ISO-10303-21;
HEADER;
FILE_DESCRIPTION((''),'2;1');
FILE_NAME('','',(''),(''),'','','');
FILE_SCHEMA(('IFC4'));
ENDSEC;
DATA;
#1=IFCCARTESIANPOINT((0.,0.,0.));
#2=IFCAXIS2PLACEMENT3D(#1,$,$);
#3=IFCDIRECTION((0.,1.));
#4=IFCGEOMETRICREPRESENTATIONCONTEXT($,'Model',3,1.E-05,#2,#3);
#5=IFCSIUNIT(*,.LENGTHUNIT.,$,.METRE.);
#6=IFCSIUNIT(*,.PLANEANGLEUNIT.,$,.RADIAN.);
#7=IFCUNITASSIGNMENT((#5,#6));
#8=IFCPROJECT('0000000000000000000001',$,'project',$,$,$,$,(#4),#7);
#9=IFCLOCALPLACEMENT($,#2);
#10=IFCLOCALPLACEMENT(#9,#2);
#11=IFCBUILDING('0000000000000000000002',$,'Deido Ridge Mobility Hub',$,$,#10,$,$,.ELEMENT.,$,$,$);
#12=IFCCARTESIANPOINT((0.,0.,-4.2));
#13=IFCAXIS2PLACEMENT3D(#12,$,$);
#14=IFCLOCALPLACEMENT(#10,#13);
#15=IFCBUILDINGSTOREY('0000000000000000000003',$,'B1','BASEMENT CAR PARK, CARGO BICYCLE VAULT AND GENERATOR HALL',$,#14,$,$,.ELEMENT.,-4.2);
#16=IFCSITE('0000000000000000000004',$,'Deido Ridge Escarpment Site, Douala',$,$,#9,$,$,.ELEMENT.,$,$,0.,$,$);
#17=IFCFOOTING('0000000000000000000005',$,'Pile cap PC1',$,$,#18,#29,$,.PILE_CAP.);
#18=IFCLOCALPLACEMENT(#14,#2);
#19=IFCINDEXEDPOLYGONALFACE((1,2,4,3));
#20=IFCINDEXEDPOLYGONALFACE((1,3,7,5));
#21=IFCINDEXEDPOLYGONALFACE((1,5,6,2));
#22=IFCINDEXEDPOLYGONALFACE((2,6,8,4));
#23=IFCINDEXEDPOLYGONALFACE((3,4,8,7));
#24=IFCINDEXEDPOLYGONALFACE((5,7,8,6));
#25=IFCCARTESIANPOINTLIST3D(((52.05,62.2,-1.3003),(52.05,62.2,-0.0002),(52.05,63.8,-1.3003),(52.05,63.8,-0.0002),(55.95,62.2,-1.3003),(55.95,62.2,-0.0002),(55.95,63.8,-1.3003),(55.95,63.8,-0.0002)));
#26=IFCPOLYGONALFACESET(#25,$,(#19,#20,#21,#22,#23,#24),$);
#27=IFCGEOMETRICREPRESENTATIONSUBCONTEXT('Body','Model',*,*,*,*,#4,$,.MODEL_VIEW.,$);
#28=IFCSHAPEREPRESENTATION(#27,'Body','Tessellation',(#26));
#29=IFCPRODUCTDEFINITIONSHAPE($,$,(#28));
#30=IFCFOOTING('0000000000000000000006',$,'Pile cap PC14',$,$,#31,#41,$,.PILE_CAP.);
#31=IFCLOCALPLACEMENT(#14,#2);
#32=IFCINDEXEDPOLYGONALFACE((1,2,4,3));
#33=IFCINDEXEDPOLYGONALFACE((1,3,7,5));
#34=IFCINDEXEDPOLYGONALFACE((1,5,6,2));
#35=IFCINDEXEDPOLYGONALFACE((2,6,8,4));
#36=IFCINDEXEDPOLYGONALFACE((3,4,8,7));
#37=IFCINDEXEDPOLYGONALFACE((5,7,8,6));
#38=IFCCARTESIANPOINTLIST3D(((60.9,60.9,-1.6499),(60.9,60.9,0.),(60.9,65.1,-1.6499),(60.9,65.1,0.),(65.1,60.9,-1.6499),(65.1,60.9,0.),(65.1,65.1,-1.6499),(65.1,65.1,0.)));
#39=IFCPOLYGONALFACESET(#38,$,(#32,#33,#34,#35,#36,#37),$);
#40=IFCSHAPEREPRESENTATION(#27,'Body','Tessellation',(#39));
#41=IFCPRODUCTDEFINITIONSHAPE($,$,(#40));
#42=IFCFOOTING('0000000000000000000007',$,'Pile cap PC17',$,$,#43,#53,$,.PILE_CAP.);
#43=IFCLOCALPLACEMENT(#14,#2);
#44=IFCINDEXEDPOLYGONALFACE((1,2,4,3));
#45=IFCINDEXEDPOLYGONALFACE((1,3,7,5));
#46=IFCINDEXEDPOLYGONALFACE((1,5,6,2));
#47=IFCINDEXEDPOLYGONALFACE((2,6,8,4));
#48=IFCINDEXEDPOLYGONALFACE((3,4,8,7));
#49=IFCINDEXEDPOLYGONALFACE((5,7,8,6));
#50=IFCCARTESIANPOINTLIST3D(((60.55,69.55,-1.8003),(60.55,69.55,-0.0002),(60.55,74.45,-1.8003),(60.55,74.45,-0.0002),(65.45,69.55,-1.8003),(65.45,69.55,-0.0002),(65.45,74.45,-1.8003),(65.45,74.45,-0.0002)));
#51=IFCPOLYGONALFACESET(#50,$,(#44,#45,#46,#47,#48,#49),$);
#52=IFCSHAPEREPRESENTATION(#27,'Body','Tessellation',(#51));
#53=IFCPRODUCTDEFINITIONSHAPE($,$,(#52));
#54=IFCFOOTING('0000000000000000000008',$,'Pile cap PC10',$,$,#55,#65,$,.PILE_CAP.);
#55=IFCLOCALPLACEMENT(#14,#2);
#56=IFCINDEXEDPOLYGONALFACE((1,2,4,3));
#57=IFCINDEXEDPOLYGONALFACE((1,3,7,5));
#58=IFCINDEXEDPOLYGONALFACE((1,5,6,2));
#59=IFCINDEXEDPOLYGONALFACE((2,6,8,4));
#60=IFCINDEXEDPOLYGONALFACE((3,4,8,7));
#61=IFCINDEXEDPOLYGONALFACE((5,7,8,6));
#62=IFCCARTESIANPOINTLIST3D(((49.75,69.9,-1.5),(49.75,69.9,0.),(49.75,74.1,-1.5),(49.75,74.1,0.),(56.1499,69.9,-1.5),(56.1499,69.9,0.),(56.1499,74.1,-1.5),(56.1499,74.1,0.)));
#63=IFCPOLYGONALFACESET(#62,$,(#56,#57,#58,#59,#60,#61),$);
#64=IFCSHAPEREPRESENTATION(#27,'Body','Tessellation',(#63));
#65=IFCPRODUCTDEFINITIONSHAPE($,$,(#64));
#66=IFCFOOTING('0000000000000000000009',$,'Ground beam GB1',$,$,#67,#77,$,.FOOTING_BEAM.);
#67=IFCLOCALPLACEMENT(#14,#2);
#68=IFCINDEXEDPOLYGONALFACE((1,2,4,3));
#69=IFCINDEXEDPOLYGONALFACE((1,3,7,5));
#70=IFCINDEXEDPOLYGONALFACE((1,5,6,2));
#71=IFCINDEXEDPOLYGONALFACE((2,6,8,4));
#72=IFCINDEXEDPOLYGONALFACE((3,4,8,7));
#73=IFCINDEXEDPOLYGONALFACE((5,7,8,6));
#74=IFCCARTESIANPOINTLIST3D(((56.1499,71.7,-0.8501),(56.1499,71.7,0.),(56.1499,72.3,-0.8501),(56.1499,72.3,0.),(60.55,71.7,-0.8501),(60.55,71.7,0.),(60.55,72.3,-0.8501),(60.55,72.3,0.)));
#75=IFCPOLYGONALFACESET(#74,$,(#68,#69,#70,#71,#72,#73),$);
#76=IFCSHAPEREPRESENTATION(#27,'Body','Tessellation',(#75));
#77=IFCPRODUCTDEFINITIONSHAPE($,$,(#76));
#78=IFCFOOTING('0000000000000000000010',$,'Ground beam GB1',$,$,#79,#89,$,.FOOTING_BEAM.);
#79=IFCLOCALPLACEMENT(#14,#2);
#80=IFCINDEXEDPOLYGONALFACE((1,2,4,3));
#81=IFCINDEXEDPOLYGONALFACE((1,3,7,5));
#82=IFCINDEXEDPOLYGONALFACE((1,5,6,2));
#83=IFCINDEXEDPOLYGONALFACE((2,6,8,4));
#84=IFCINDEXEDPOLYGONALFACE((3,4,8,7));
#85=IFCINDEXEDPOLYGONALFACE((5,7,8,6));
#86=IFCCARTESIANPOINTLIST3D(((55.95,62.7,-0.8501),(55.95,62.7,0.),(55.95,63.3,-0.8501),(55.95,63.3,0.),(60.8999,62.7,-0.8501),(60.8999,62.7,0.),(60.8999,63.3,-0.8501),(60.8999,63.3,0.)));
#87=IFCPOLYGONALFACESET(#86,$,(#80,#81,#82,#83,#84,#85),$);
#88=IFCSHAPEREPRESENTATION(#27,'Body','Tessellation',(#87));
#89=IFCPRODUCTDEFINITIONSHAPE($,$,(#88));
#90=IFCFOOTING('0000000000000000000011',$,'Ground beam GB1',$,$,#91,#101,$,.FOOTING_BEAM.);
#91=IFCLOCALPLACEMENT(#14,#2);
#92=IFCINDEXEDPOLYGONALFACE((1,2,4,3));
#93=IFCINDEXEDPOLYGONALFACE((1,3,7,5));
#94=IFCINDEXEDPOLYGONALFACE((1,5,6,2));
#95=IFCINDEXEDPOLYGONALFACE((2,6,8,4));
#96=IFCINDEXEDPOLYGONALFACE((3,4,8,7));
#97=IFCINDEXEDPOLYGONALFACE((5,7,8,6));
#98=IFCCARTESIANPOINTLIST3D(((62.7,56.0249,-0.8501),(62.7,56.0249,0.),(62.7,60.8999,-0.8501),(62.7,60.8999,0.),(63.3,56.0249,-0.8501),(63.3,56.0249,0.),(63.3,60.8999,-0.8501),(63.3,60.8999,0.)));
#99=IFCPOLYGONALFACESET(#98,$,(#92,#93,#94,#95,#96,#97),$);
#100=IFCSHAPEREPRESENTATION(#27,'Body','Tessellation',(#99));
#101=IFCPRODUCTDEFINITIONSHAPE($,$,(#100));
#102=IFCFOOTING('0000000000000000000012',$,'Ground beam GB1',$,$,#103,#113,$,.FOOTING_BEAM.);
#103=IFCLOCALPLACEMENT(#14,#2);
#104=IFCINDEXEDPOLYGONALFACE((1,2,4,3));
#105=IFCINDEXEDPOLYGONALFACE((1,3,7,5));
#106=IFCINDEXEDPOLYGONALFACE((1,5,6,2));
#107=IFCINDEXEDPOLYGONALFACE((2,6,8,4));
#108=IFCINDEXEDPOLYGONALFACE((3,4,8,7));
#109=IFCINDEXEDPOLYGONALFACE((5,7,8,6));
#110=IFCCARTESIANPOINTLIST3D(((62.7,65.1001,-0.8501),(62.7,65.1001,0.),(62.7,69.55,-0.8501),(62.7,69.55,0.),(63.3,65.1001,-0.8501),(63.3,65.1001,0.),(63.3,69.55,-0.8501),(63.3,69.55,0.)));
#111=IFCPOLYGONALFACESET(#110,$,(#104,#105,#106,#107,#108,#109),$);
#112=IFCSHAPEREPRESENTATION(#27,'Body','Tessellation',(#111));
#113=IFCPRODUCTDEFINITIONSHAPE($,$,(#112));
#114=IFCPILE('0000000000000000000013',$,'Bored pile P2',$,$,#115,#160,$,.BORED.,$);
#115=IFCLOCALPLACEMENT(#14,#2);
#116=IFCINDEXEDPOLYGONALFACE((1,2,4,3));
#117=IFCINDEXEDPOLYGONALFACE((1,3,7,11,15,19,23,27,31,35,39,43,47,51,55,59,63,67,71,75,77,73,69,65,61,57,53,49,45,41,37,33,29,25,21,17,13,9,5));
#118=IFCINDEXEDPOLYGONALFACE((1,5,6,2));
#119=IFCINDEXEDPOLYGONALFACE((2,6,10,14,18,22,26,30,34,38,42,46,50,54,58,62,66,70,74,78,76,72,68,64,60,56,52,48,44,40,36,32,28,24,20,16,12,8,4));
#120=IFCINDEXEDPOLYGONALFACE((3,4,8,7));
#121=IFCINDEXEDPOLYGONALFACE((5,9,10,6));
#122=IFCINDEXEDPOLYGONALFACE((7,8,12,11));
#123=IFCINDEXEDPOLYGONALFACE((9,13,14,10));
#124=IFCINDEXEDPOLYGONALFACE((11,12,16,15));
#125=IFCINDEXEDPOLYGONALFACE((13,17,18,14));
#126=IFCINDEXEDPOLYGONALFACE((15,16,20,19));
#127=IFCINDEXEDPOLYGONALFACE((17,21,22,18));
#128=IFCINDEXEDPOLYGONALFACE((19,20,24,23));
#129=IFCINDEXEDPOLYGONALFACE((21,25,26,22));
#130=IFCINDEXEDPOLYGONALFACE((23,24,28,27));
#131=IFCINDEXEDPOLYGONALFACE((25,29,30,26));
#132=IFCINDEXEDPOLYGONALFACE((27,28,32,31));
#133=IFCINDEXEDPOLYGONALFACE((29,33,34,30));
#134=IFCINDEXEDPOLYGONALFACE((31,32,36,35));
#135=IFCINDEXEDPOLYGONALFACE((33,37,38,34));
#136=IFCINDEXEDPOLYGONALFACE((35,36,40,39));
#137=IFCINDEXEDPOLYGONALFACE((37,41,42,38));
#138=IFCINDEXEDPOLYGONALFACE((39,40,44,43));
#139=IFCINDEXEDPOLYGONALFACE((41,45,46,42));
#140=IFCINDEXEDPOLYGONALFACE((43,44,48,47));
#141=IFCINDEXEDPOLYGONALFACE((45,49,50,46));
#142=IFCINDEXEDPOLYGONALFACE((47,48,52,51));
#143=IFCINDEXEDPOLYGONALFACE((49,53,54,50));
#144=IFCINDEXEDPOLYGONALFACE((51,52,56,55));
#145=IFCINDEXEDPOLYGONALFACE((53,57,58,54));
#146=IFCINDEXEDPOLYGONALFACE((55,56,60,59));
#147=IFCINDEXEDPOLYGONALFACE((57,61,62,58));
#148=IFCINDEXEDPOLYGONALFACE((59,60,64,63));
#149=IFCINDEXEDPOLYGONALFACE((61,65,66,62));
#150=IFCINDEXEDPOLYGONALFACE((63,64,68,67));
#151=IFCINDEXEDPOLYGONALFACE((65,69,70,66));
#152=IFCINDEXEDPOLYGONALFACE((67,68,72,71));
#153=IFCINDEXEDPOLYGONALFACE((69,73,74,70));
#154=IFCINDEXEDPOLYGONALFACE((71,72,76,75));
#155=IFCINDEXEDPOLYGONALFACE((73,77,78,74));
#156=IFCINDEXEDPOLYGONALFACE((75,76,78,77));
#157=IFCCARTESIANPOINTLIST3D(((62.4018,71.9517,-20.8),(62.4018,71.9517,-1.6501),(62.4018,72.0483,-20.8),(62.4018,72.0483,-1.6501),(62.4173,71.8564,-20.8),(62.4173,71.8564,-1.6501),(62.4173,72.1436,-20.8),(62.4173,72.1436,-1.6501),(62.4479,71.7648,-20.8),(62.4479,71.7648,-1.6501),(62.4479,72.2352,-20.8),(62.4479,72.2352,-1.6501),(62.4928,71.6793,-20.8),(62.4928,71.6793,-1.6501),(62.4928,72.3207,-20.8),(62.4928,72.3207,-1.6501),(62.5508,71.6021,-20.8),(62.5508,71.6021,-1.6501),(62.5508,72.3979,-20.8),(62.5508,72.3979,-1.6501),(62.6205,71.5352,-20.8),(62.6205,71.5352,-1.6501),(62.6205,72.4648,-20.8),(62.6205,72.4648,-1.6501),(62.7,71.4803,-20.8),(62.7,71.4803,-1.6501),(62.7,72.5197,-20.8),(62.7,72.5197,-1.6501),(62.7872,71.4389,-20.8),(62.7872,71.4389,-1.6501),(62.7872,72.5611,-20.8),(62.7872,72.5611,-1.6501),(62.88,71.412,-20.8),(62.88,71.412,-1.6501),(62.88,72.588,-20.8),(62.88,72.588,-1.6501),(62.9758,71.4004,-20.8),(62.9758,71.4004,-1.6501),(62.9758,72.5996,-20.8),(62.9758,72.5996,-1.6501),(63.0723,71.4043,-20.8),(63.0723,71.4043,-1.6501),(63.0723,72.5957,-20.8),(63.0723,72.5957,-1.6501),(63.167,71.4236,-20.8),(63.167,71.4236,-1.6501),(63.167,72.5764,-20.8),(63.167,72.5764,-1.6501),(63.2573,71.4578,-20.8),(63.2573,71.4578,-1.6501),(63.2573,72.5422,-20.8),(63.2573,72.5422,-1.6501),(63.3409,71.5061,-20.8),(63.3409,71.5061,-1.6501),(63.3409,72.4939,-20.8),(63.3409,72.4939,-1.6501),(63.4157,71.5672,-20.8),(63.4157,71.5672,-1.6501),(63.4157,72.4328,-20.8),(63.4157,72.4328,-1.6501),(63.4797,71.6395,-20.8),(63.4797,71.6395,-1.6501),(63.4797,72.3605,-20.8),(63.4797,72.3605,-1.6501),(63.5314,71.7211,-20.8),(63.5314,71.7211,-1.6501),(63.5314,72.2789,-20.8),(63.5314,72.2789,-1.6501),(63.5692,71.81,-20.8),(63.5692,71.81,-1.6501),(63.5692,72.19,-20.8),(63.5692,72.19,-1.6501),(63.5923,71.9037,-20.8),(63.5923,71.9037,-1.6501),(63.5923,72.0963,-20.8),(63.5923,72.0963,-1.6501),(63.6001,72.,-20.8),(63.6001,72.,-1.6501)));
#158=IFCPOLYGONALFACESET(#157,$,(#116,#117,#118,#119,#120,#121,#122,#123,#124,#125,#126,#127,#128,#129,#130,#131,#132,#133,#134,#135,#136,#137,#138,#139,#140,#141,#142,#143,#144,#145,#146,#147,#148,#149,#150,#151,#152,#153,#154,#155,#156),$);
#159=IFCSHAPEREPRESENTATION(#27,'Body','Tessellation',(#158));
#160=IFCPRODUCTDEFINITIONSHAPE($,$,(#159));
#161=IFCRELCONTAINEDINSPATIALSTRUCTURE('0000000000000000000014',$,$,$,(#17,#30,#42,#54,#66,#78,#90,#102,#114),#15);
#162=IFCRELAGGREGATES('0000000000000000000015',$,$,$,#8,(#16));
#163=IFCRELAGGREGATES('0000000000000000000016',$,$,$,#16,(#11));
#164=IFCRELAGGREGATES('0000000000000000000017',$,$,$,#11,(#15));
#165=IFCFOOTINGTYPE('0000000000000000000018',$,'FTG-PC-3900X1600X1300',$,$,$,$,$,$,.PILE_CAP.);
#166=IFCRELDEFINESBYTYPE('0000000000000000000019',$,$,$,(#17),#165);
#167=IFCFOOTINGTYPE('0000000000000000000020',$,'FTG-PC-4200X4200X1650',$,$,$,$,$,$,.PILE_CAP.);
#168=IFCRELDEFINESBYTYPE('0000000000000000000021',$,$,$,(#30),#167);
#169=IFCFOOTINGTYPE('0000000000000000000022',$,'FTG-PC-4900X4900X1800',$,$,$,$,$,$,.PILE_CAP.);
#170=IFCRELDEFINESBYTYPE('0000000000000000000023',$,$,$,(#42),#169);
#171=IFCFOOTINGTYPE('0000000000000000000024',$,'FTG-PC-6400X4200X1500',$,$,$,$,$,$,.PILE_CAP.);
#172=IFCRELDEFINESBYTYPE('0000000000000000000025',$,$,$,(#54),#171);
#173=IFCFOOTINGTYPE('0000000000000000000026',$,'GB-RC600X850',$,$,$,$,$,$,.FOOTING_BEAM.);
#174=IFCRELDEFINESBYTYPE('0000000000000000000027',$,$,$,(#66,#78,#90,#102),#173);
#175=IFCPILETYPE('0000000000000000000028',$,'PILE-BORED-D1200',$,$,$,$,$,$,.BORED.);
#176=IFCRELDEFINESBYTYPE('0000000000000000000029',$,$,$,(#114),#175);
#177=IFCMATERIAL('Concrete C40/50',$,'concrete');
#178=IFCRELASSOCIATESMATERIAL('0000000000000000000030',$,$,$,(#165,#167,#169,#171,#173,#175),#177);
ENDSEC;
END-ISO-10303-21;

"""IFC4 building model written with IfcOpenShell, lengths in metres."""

from ifc_helpers import new_model, si_unit, direction, frame, origin, origin_2d, place, context, subcontext, project, spatial, rectangle, circle, extrude, material, material_profile, profile_set, type_object, element, save


model = new_model("IFC4")

# Units and contexts
model_context = context("Model", 3, precision=1e-05, world=origin(), true_north=direction((0.0, 1.0)))
body_context = subcontext(model_context, "Body", "Model", "MODEL_VIEW")
ifc_project = project(units=[si_unit("LENGTHUNIT", "METRE"), si_unit("PLANEANGLEUNIT", "RADIAN")], contexts=[model_context])

# Site, building, storey
site_placement = place(None, origin())
site = spatial("IfcSite", under=ifc_project, at=site_placement, Name="Deido Ridge Escarpment Site, Douala", CompositionType="ELEMENT", RefElevation=0.0)
building_placement = place(site_placement, origin())
building = spatial("IfcBuilding", under=site, at=building_placement, Name="Deido Ridge Mobility Hub", CompositionType="ELEMENT")
storey_placement = place(building_placement, frame((0.0, 0.0, -4.2)))
storey = spatial("IfcBuildingStorey", under=building, at=storey_placement, Name="B1", Description="BASEMENT CAR PARK, CARGO BICYCLE VAULT AND GENERATOR HALL", CompositionType="ELEMENT", Elevation=-4.2)

# Footings
ifc_material_1 = material(Name="Concrete C40/50", Category="concrete")
footing_type_1 = type_object("IfcFootingType", Name="FTG-PC-3900X1600X1300", PredefinedType="PILE_CAP", material=ifc_material_1)
footing_1_placement = place(storey_placement, frame((54.0, 63.0, -1.3003), z_axis=(0.0, 0.0, 1.0), x_axis=(1.0, 0.0, 0.0)))
element("IfcFooting", 1, at=footing_1_placement, inside=storey, type_object=footing_type_1, Name="Pile cap PC1", PredefinedType="PILE_CAP", context=body_context, shape_type="SweptSolid", body=[
    extrude(rectangle(XDim=3.8999, YDim=1.6001, at=origin_2d()), origin(), (0.0, 0.0, 1.0), 1.3),
])
footing_type_2 = type_object("IfcFootingType", Name="FTG-PC-4200X4200X1650", PredefinedType="PILE_CAP", material=ifc_material_1)
footing_2_placement = place(storey_placement, frame((63.0, 63.0, -1.6499), z_axis=(0.0, 0.0, 1.0), x_axis=(1.0, 0.0, 0.0)))
element("IfcFooting", 2, at=footing_2_placement, inside=storey, type_object=footing_type_2, Name="Pile cap PC14", PredefinedType="PILE_CAP", context=body_context, shape_type="SweptSolid", body=[
    extrude(rectangle(XDim=4.2, YDim=4.2, at=origin_2d()), origin(), (0.0, 0.0, 1.0), 1.6499),
])
footing_type_3 = type_object("IfcFootingType", Name="FTG-PC-4900X4900X1800", PredefinedType="PILE_CAP", material=ifc_material_1)
footing_3_placement = place(storey_placement, frame((63.0, 72.0, -1.8003), z_axis=(0.0, 0.0, 1.0), x_axis=(1.0, 0.0, 0.0)))
element("IfcFooting", 3, at=footing_3_placement, inside=storey, type_object=footing_type_3, Name="Pile cap PC17", PredefinedType="PILE_CAP", context=body_context, shape_type="SweptSolid", body=[
    extrude(rectangle(XDim=4.8999, YDim=4.8999, at=origin_2d()), origin(), (0.0, 0.0, 1.0), 1.8),
])
footing_type_4 = type_object("IfcFootingType", Name="FTG-PC-6400X4200X1500", PredefinedType="PILE_CAP", material=ifc_material_1)
footing_4_placement = place(storey_placement, frame((52.95, 72.0, -1.5), z_axis=(0.0, 0.0, 1.0), x_axis=(1.0, 0.0, 0.0)))
element("IfcFooting", 4, at=footing_4_placement, inside=storey, type_object=footing_type_4, Name="Pile cap PC10", PredefinedType="PILE_CAP", context=body_context, shape_type="SweptSolid", body=[
    extrude(rectangle(XDim=6.3999, YDim=4.2, at=origin_2d()), origin(), (0.0, 0.0, 1.0), 1.5),
])
ifc_material_profile_1 = material_profile(ifc_material_1, rectangle(XDim=0.6001, YDim=0.8501, at=origin_2d()), Name="RC GB 600x850")
ifc_profile_set_1 = profile_set([ifc_material_profile_1], Name="Concrete C40/50")
footing_type_5 = type_object("IfcFootingType", Name="GB-RC600X850", PredefinedType="FOOTING_BEAM", material=ifc_profile_set_1)
footing_5_placement = place(storey_placement, frame((56.1499, 72.0, -0.425), z_axis=(1.0, 0.0, 0.0), x_axis=(0.0, 1.0, 0.0)))
element("IfcFooting", 5, at=footing_5_placement, inside=storey, type_object=footing_type_5, Name="Ground beam GB1", PredefinedType="FOOTING_BEAM", context=body_context, shape_type="SweptSolid", body=[
    extrude(rectangle(XDim=0.6001, YDim=0.8501, at=origin_2d()), origin(), (0.0, 0.0, 1.0), 4.4001),
])
footing_6_placement = place(storey_placement, frame((55.95, 63.0, -0.425), z_axis=(1.0, 0.0, 0.0), x_axis=(0.0, 1.0, 0.0)))
element("IfcFooting", 6, at=footing_6_placement, inside=storey, type_object=footing_type_5, Name="Ground beam GB1", PredefinedType="FOOTING_BEAM", context=body_context, shape_type="SweptSolid", body=[
    extrude(rectangle(XDim=0.6001, YDim=0.8501, at=origin_2d()), origin(), (0.0, 0.0, 1.0), 4.95),
])
footing_7_placement = place(storey_placement, frame((63.0, 56.0249, -0.425), z_axis=(0.0, 1.0, 0.0), x_axis=(-1.0, 0.0, 0.0)))
element("IfcFooting", 7, at=footing_7_placement, inside=storey, type_object=footing_type_5, Name="Ground beam GB1", PredefinedType="FOOTING_BEAM", context=body_context, shape_type="SweptSolid", body=[
    extrude(rectangle(XDim=0.6001, YDim=0.8501, at=origin_2d()), origin(), (0.0, 0.0, 1.0), 4.875),
])
footing_8_placement = place(storey_placement, frame((63.0, 65.1001, -0.425), z_axis=(0.0, 1.0, 0.0), x_axis=(-1.0, 0.0, 0.0)))
element("IfcFooting", 8, at=footing_8_placement, inside=storey, type_object=footing_type_5, Name="Ground beam GB1", PredefinedType="FOOTING_BEAM", context=body_context, shape_type="SweptSolid", body=[
    extrude(rectangle(XDim=0.6001, YDim=0.8501, at=origin_2d()), origin(), (0.0, 0.0, 1.0), 4.45),
])

# Pile
ifc_material_profile_2 = material_profile(ifc_material_1, circle(Radius=0.6001, at=origin_2d()), Name="BORED PILE D1200")
ifc_profile_set_2 = profile_set([ifc_material_profile_2], Name="Concrete C40/50")
pile_type_1 = type_object("IfcPileType", Name="PILE-BORED-D1200", PredefinedType="BORED", material=ifc_profile_set_2)
pile_1_placement = place(storey_placement, frame((63.0, 72.0, -1.6501), z_axis=(0.0, 0.0, -1.0), x_axis=(1.0, 0.0, 0.0)))
element("IfcPile", 9, at=pile_1_placement, inside=storey, type_object=pile_type_1, Name="Bored pile P2", PredefinedType="BORED", context=body_context, shape_type="SweptSolid", body=[
    extrude(circle(Radius=0.6001, at=origin_2d()), origin(), (0.0, 0.0, 1.0), 19.1499),
])

save(model, "model.ifc")
